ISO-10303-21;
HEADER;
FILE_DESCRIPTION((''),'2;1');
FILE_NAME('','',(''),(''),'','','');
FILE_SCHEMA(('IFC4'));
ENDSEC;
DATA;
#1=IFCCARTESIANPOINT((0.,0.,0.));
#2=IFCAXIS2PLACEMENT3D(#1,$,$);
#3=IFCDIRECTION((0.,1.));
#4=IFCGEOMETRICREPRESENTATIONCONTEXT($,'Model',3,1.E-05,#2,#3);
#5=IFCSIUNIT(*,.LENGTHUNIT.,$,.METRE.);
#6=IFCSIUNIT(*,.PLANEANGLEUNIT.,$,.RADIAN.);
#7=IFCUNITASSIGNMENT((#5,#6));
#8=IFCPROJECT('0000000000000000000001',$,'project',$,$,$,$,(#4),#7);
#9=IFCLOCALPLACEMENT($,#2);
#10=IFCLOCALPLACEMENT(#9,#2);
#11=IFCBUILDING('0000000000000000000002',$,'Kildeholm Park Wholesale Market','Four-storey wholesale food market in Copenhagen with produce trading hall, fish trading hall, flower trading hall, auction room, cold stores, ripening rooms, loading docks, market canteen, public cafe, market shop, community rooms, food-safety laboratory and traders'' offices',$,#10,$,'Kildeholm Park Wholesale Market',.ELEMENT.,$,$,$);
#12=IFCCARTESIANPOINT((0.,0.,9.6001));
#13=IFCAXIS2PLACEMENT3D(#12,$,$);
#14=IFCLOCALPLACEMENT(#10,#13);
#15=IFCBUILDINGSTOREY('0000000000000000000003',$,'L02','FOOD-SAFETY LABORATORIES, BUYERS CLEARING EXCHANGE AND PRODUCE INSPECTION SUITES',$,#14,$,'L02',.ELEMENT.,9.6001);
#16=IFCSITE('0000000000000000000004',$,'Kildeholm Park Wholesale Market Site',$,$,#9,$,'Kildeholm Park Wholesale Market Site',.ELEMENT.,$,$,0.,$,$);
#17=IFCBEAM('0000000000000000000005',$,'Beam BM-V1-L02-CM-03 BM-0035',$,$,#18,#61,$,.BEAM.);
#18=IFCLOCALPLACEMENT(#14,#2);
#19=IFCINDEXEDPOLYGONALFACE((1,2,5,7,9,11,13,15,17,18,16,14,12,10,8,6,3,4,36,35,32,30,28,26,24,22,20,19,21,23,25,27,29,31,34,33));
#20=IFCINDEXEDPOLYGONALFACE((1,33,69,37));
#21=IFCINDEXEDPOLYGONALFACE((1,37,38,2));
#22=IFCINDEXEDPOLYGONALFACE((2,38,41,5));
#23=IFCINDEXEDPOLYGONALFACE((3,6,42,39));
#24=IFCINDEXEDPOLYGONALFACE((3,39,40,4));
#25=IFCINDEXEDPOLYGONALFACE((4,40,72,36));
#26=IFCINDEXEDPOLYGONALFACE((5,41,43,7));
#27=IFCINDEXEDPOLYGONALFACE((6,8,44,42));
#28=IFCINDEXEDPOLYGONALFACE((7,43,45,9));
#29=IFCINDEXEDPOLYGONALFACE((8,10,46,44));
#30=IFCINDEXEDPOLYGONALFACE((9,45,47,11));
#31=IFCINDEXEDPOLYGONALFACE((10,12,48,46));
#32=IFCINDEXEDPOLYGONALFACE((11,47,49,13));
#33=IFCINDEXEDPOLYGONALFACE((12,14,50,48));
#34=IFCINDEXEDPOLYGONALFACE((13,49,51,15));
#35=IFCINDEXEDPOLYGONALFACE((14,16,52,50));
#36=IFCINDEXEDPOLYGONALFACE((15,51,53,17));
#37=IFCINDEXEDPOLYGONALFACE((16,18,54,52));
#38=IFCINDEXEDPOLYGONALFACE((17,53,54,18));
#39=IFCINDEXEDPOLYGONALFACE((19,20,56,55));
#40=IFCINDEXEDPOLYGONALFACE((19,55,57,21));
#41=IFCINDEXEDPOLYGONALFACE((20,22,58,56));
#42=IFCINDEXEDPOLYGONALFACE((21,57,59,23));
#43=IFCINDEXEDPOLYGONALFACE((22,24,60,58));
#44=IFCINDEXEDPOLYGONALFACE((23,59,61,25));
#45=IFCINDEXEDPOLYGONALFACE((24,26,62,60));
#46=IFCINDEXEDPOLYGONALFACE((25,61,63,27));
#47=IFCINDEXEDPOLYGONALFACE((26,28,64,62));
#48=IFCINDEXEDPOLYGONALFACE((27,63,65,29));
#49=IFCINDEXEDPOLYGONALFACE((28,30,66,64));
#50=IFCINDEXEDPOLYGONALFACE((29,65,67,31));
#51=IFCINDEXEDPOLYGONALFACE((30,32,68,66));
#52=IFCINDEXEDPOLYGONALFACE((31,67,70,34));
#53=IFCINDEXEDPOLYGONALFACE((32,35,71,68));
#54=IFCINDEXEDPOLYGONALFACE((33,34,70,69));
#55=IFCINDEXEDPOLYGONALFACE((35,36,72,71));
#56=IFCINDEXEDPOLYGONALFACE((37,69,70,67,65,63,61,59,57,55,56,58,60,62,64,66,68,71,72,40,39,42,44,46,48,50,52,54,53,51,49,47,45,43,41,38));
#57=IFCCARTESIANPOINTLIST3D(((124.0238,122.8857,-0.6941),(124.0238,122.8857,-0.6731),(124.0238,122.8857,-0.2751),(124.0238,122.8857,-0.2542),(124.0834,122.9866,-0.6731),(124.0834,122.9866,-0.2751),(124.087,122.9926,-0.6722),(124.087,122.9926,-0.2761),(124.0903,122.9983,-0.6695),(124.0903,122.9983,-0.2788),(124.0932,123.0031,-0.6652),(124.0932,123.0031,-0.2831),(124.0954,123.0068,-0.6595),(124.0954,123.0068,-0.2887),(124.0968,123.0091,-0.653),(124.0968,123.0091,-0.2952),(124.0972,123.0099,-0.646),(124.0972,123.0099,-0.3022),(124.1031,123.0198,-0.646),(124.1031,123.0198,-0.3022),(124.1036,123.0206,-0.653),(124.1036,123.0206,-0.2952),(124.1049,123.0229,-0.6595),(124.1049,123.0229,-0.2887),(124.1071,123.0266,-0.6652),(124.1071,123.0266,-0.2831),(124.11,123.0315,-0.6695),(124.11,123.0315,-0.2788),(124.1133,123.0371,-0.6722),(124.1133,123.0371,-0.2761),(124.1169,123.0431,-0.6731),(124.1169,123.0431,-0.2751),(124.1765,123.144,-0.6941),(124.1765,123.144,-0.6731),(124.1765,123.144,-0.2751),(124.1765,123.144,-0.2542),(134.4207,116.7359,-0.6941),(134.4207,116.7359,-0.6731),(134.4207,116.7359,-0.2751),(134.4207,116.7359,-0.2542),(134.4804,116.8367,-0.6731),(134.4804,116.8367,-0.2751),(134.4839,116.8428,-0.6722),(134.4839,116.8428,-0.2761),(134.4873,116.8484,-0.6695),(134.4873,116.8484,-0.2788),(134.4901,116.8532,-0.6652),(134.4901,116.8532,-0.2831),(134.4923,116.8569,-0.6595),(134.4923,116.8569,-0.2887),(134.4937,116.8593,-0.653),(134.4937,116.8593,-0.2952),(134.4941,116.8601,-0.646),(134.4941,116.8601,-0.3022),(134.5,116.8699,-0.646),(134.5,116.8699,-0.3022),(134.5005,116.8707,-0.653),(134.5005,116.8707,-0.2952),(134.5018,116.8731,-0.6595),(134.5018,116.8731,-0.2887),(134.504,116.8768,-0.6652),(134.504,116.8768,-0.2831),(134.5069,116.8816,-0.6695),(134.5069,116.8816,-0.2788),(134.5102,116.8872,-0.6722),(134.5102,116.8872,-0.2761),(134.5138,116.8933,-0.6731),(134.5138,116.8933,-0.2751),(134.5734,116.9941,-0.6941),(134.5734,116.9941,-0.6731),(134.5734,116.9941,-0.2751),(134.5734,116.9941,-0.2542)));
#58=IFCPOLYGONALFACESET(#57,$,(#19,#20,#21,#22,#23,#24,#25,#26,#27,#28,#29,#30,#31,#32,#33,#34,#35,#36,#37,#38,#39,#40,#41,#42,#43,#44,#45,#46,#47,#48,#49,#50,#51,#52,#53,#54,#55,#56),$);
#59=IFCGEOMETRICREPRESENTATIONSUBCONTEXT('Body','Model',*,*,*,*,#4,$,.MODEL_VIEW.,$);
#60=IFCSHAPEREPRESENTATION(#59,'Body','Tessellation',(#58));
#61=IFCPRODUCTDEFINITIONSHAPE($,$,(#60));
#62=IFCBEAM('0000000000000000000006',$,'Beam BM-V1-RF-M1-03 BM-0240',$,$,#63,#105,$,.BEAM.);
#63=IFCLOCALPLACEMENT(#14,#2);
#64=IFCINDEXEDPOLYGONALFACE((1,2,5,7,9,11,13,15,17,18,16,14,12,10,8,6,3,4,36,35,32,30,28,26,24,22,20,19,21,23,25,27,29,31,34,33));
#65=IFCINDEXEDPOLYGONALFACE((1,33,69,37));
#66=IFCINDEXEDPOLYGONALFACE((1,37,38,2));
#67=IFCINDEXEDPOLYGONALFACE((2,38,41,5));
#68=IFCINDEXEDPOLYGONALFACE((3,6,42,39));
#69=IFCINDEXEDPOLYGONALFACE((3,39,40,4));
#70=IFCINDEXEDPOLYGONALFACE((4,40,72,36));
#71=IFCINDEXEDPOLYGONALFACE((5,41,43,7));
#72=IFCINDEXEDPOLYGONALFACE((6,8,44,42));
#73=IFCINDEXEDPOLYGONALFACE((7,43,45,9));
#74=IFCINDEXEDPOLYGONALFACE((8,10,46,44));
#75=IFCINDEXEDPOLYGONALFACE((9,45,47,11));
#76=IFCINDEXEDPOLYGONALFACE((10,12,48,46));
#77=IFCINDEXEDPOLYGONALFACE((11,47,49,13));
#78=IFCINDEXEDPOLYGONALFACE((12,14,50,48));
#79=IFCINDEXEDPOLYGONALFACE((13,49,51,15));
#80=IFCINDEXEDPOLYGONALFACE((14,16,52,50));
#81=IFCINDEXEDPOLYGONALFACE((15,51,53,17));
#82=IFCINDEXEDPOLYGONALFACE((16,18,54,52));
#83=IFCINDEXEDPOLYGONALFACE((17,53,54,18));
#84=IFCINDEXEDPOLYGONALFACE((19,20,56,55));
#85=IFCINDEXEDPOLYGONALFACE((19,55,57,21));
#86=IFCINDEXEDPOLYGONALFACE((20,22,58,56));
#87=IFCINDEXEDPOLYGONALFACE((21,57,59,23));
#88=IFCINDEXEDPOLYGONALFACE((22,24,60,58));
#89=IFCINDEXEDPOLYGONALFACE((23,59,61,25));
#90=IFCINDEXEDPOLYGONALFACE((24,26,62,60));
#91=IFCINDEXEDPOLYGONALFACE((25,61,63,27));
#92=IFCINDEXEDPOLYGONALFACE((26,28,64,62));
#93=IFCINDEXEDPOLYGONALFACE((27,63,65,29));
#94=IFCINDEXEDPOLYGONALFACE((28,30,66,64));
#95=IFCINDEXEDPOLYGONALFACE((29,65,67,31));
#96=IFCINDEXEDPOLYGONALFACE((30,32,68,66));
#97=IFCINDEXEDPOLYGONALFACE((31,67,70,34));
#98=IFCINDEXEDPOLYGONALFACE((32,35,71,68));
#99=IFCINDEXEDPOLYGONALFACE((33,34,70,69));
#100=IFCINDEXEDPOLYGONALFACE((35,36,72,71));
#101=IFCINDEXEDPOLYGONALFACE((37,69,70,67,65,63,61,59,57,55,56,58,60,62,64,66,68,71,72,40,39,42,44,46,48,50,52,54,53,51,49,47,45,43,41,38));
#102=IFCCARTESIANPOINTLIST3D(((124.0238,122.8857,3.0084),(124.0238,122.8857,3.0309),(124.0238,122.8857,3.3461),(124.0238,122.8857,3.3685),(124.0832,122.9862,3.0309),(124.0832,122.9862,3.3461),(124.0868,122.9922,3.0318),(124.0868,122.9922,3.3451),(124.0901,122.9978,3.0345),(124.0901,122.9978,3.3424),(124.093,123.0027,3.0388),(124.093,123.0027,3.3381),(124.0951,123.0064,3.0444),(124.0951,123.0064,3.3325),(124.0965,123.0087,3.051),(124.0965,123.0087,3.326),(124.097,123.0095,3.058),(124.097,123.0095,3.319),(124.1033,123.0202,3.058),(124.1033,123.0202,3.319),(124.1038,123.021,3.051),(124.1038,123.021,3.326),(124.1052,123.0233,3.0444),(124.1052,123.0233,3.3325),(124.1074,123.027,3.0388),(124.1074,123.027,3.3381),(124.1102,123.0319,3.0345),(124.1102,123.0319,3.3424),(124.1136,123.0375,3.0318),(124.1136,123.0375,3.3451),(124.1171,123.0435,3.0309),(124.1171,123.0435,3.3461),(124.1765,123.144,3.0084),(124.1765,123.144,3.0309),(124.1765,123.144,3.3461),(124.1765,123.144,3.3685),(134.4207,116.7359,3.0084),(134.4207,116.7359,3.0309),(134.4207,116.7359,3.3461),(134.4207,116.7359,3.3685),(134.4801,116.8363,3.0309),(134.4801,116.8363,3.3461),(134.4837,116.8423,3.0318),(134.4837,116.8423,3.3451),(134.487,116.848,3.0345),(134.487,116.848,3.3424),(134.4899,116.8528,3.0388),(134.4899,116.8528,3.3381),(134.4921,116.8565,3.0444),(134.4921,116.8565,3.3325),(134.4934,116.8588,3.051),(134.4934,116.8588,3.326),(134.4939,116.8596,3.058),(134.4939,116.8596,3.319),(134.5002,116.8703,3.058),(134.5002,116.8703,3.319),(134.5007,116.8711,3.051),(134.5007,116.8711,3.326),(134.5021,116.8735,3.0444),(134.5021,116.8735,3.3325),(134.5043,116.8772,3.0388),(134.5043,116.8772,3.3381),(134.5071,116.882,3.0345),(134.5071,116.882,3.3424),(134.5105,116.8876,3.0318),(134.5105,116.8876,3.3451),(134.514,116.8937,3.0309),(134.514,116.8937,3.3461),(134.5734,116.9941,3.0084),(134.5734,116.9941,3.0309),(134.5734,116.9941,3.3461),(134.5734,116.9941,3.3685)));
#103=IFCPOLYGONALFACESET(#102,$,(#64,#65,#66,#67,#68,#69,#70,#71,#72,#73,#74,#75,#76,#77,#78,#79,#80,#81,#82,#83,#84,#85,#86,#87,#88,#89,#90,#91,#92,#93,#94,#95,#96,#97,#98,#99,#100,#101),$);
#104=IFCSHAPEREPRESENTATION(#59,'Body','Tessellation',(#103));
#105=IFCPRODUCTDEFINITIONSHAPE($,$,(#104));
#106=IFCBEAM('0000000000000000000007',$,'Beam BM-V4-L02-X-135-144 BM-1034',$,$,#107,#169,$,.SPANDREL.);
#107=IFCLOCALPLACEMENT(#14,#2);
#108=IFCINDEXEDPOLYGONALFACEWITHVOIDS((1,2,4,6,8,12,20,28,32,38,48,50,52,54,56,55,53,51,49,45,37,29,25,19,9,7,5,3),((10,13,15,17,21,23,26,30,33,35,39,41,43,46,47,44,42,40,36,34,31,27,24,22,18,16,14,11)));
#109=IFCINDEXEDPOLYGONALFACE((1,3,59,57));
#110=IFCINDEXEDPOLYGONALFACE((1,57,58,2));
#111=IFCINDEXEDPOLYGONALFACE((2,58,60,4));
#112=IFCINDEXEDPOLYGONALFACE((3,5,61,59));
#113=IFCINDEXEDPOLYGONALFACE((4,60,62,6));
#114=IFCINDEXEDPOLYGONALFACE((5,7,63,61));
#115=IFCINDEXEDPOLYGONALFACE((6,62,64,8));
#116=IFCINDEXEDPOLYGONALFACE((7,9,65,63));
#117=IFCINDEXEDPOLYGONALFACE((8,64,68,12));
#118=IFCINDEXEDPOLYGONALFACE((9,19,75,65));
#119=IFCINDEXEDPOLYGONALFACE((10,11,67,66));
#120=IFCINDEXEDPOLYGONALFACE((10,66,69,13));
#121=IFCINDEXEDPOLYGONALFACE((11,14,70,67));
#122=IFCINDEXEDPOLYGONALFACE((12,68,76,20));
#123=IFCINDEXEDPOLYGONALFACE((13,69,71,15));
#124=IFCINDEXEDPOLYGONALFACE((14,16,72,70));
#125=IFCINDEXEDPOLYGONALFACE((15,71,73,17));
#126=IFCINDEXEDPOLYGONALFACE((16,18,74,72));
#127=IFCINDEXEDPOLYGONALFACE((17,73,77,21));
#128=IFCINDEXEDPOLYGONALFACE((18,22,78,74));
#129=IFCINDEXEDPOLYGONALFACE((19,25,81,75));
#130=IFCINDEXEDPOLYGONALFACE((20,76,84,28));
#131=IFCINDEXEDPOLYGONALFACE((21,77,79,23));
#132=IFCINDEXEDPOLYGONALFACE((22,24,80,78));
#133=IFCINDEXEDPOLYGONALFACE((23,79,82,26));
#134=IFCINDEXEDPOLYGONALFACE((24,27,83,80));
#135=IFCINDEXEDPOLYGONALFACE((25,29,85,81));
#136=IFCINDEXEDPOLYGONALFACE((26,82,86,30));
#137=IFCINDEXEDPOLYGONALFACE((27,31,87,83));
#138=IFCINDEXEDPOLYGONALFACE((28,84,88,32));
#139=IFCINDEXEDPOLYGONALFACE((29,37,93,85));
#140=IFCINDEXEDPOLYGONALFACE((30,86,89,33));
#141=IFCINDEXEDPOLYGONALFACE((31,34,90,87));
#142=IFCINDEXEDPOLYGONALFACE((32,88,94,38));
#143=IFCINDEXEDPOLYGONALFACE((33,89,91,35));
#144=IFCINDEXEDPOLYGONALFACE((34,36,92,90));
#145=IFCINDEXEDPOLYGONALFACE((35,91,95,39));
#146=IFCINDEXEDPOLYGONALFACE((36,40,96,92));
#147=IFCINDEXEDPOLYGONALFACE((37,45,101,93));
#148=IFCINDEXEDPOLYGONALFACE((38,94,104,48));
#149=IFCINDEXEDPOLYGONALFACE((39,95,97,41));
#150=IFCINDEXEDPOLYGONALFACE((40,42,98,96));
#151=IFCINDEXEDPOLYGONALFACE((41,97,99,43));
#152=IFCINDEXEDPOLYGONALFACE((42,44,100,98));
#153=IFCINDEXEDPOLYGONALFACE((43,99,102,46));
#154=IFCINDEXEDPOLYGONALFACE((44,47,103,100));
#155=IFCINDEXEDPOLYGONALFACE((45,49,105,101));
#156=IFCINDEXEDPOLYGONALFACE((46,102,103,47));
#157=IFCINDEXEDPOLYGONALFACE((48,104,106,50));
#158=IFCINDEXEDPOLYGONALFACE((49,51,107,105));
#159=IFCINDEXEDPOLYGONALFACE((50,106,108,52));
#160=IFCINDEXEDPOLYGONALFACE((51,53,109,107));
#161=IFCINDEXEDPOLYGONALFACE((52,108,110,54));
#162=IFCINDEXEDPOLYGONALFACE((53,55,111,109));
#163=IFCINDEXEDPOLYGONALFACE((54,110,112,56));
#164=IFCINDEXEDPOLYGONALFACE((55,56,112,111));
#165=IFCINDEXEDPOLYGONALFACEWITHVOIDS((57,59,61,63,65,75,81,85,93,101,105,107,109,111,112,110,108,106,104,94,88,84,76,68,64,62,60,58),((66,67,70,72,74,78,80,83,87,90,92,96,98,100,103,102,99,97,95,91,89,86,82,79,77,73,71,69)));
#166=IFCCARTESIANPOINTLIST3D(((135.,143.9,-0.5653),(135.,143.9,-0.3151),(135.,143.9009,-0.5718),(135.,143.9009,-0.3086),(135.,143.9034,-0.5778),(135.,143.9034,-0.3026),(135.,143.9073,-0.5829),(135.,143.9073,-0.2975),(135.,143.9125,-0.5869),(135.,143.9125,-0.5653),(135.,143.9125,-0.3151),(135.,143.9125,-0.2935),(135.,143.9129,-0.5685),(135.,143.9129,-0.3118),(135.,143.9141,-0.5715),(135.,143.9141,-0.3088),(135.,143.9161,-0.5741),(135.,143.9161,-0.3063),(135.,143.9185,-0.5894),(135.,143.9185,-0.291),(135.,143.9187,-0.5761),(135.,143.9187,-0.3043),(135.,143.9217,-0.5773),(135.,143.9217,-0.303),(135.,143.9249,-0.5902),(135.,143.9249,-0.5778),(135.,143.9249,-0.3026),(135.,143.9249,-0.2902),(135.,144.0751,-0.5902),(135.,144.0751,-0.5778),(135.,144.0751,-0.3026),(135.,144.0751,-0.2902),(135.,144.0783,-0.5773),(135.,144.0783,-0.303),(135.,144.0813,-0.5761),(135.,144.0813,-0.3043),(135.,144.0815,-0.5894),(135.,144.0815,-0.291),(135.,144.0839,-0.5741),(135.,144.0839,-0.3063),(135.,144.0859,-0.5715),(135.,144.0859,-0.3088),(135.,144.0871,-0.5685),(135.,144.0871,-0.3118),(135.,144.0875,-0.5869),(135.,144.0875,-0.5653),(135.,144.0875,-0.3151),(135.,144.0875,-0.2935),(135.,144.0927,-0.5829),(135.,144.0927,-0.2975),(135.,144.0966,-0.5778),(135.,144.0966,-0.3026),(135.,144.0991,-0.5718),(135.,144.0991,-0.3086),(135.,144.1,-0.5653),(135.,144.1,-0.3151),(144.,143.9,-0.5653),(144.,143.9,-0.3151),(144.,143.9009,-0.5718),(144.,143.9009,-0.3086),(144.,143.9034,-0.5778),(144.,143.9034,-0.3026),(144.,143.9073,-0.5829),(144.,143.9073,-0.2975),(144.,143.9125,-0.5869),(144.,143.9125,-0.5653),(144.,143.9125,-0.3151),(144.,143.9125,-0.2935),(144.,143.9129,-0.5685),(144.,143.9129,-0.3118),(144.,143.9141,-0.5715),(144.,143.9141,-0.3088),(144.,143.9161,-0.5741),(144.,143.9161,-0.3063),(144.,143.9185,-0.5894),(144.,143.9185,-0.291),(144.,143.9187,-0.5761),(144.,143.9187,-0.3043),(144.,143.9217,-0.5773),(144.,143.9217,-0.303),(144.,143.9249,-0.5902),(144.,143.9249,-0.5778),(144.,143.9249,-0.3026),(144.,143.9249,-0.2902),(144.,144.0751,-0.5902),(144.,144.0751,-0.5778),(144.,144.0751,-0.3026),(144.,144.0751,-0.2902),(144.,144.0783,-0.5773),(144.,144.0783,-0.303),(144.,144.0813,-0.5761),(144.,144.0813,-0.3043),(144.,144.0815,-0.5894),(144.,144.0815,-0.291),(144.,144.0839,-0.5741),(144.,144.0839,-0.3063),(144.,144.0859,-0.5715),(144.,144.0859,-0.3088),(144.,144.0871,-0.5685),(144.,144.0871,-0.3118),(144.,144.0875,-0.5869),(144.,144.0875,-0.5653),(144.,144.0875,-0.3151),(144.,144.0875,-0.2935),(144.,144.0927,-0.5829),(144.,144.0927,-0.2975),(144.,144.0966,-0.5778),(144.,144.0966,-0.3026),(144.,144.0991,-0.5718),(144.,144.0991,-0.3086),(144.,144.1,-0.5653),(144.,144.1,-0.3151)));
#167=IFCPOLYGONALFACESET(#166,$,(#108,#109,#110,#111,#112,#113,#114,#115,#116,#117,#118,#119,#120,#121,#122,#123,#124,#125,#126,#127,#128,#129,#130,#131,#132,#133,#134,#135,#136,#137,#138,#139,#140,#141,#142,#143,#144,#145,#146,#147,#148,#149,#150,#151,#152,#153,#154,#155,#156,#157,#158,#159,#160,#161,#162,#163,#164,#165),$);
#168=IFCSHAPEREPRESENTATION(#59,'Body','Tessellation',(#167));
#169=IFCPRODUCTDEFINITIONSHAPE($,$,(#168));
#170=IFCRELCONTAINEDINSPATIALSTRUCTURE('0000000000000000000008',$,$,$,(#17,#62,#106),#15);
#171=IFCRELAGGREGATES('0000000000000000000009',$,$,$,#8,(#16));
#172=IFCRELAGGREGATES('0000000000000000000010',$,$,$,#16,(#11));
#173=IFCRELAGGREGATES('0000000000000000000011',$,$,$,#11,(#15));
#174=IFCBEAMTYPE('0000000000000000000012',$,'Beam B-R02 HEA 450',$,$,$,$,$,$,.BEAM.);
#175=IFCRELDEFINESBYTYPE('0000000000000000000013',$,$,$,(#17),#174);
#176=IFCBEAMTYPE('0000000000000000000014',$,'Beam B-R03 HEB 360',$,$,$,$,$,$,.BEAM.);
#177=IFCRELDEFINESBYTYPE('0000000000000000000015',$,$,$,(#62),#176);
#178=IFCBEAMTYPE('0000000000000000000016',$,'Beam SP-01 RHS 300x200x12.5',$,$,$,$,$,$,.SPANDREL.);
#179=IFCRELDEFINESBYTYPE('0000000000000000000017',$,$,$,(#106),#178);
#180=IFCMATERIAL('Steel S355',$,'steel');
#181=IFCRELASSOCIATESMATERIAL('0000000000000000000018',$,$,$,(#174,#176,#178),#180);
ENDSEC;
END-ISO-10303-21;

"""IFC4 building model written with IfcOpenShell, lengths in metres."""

from ifc_helpers import new_model, si_unit, direction, frame, origin, origin_2d, place, context, subcontext, project, spatial, hollow_rectangle, i_section, extrude, material, material_profile, profile_set, type_object, element, save


model = new_model("IFC4")

# Units and contexts
model_context = context("Model", 3, precision=1e-05, world=origin(), true_north=direction((0.0, 1.0)))
body_context = subcontext(model_context, "Body", "Model", "MODEL_VIEW")
ifc_project = project(units=[si_unit("LENGTHUNIT", "METRE"), si_unit("PLANEANGLEUNIT", "RADIAN")], contexts=[model_context])

# Site, building, storey
site_placement = place(None, origin())
site = spatial("IfcSite", under=ifc_project, at=site_placement, Name="Kildeholm Park Wholesale Market Site", LongName="Kildeholm Park Wholesale Market Site", CompositionType="ELEMENT", RefElevation=0.0)
building_placement = place(site_placement, origin())
building = spatial("IfcBuilding", under=site, at=building_placement, Name="Kildeholm Park Wholesale Market", Description="Four-storey wholesale food market in Copenhagen with produce trading hall, fish trading hall, flower trading hall, auction room, cold stores, ripening rooms, loading docks, market canteen, public cafe, market shop, community rooms, food-safety laboratory and traders' offices", LongName="Kildeholm Park Wholesale Market", CompositionType="ELEMENT")
storey_placement = place(building_placement, frame((0.0, 0.0, 9.6001)))
storey = spatial("IfcBuildingStorey", under=building, at=storey_placement, Name="L02", Description="FOOD-SAFETY LABORATORIES, BUYERS CLEARING EXCHANGE AND PRODUCE INSPECTION SUITES", LongName="L02", CompositionType="ELEMENT", Elevation=9.6001)

# Shared definitions
ifc_material_1 = material(Name="Steel S355", Category="steel")

# Beams
ifc_material_profile_1 = material_profile(ifc_material_1, i_section(OverallWidth=0.3, OverallDepth=0.4399, WebThickness=0.0115, FlangeThickness=0.021, FilletRadius=0.0271, at=origin_2d()), Name="HEA 450")
ifc_profile_set_1 = profile_set([ifc_material_profile_1], Name="Steel S355")
beam_type_1 = type_object("IfcBeamType", Name="Beam B-R02 HEA 450", PredefinedType="BEAM", material=ifc_profile_set_1)
beam_1_placement = place(storey_placement, frame((134.4971, 116.865, -0.4741), z_axis=(-0.8607, 0.509112, 0.0), x_axis=(-0.509112, -0.8607, 0.0)))
element("IfcBeam", 1, at=beam_1_placement, inside=storey, type_object=beam_type_1, Name="Beam BM-V1-L02-CM-03 BM-0035", PredefinedType="BEAM", context=body_context, shape_type="SweptSolid", body=[
    extrude(i_section(OverallWidth=0.3, OverallDepth=0.4399, WebThickness=0.0115, FlangeThickness=0.021, FilletRadius=0.0271, at=origin_2d()), origin(), (0.0, 0.0, 1.0), 12.0796),
])
ifc_material_profile_2 = material_profile(ifc_material_1, i_section(OverallWidth=0.3, OverallDepth=0.3601, WebThickness=0.0125, FlangeThickness=0.0225, FilletRadius=0.0271, at=origin_2d()), Name="HEB 360")
ifc_profile_set_2 = profile_set([ifc_material_profile_2], Name="Steel S355")
beam_type_2 = type_object("IfcBeamType", Name="Beam B-R03 HEB 360", PredefinedType="BEAM", material=ifc_profile_set_2)
beam_2_placement = place(storey_placement, frame((134.4971, 116.865, 3.1885), z_axis=(-0.8607, 0.509112, 0.0), x_axis=(-0.509112, -0.8607, 0.0)))
element("IfcBeam", 2, at=beam_2_placement, inside=storey, type_object=beam_type_2, Name="Beam BM-V1-RF-M1-03 BM-0240", PredefinedType="BEAM", context=body_context, shape_type="SweptSolid", body=[
    extrude(i_section(OverallWidth=0.3, OverallDepth=0.3601, WebThickness=0.0125, FlangeThickness=0.0225, FilletRadius=0.0271, at=origin_2d()), origin(), (0.0, 0.0, 1.0), 12.0796),
])
ifc_material_profile_3 = material_profile(ifc_material_1, hollow_rectangle(XDim=0.2, YDim=0.3, WallThickness=0.0125, InnerFilletRadius=0.0125, OuterFilletRadius=0.0249, at=origin_2d()), Name="RHS 300x200x12.5")
ifc_profile_set_3 = profile_set([ifc_material_profile_3], Name="Steel S355")
beam_type_3 = type_object("IfcBeamType", Name="Beam SP-01 RHS 300x200x12.5", PredefinedType="SPANDREL", material=ifc_profile_set_3)
for number, where, z_axis, x_axis, name in (
    (3, (135.0, 144.0, -0.4402), (1.0, 0.0, 0.0), (0.0, 1.0, 0.0), "Beam BM-V4-L02-X-135-144 BM-1034"),
):
    element("IfcBeam", number, at=place(storey_placement, frame(where, z_axis=z_axis, x_axis=x_axis)), inside=storey, type_object=beam_type_3, Name=name, PredefinedType="SPANDREL", context=body_context, shape_type="SweptSolid", body=[
        extrude(hollow_rectangle(XDim=0.2, YDim=0.3, WallThickness=0.0125, InnerFilletRadius=0.0125, OuterFilletRadius=0.0249, at=origin_2d()), origin(), (0.0, 0.0, 1.0), 9.0),
    ])

save(model, "model.ifc")
